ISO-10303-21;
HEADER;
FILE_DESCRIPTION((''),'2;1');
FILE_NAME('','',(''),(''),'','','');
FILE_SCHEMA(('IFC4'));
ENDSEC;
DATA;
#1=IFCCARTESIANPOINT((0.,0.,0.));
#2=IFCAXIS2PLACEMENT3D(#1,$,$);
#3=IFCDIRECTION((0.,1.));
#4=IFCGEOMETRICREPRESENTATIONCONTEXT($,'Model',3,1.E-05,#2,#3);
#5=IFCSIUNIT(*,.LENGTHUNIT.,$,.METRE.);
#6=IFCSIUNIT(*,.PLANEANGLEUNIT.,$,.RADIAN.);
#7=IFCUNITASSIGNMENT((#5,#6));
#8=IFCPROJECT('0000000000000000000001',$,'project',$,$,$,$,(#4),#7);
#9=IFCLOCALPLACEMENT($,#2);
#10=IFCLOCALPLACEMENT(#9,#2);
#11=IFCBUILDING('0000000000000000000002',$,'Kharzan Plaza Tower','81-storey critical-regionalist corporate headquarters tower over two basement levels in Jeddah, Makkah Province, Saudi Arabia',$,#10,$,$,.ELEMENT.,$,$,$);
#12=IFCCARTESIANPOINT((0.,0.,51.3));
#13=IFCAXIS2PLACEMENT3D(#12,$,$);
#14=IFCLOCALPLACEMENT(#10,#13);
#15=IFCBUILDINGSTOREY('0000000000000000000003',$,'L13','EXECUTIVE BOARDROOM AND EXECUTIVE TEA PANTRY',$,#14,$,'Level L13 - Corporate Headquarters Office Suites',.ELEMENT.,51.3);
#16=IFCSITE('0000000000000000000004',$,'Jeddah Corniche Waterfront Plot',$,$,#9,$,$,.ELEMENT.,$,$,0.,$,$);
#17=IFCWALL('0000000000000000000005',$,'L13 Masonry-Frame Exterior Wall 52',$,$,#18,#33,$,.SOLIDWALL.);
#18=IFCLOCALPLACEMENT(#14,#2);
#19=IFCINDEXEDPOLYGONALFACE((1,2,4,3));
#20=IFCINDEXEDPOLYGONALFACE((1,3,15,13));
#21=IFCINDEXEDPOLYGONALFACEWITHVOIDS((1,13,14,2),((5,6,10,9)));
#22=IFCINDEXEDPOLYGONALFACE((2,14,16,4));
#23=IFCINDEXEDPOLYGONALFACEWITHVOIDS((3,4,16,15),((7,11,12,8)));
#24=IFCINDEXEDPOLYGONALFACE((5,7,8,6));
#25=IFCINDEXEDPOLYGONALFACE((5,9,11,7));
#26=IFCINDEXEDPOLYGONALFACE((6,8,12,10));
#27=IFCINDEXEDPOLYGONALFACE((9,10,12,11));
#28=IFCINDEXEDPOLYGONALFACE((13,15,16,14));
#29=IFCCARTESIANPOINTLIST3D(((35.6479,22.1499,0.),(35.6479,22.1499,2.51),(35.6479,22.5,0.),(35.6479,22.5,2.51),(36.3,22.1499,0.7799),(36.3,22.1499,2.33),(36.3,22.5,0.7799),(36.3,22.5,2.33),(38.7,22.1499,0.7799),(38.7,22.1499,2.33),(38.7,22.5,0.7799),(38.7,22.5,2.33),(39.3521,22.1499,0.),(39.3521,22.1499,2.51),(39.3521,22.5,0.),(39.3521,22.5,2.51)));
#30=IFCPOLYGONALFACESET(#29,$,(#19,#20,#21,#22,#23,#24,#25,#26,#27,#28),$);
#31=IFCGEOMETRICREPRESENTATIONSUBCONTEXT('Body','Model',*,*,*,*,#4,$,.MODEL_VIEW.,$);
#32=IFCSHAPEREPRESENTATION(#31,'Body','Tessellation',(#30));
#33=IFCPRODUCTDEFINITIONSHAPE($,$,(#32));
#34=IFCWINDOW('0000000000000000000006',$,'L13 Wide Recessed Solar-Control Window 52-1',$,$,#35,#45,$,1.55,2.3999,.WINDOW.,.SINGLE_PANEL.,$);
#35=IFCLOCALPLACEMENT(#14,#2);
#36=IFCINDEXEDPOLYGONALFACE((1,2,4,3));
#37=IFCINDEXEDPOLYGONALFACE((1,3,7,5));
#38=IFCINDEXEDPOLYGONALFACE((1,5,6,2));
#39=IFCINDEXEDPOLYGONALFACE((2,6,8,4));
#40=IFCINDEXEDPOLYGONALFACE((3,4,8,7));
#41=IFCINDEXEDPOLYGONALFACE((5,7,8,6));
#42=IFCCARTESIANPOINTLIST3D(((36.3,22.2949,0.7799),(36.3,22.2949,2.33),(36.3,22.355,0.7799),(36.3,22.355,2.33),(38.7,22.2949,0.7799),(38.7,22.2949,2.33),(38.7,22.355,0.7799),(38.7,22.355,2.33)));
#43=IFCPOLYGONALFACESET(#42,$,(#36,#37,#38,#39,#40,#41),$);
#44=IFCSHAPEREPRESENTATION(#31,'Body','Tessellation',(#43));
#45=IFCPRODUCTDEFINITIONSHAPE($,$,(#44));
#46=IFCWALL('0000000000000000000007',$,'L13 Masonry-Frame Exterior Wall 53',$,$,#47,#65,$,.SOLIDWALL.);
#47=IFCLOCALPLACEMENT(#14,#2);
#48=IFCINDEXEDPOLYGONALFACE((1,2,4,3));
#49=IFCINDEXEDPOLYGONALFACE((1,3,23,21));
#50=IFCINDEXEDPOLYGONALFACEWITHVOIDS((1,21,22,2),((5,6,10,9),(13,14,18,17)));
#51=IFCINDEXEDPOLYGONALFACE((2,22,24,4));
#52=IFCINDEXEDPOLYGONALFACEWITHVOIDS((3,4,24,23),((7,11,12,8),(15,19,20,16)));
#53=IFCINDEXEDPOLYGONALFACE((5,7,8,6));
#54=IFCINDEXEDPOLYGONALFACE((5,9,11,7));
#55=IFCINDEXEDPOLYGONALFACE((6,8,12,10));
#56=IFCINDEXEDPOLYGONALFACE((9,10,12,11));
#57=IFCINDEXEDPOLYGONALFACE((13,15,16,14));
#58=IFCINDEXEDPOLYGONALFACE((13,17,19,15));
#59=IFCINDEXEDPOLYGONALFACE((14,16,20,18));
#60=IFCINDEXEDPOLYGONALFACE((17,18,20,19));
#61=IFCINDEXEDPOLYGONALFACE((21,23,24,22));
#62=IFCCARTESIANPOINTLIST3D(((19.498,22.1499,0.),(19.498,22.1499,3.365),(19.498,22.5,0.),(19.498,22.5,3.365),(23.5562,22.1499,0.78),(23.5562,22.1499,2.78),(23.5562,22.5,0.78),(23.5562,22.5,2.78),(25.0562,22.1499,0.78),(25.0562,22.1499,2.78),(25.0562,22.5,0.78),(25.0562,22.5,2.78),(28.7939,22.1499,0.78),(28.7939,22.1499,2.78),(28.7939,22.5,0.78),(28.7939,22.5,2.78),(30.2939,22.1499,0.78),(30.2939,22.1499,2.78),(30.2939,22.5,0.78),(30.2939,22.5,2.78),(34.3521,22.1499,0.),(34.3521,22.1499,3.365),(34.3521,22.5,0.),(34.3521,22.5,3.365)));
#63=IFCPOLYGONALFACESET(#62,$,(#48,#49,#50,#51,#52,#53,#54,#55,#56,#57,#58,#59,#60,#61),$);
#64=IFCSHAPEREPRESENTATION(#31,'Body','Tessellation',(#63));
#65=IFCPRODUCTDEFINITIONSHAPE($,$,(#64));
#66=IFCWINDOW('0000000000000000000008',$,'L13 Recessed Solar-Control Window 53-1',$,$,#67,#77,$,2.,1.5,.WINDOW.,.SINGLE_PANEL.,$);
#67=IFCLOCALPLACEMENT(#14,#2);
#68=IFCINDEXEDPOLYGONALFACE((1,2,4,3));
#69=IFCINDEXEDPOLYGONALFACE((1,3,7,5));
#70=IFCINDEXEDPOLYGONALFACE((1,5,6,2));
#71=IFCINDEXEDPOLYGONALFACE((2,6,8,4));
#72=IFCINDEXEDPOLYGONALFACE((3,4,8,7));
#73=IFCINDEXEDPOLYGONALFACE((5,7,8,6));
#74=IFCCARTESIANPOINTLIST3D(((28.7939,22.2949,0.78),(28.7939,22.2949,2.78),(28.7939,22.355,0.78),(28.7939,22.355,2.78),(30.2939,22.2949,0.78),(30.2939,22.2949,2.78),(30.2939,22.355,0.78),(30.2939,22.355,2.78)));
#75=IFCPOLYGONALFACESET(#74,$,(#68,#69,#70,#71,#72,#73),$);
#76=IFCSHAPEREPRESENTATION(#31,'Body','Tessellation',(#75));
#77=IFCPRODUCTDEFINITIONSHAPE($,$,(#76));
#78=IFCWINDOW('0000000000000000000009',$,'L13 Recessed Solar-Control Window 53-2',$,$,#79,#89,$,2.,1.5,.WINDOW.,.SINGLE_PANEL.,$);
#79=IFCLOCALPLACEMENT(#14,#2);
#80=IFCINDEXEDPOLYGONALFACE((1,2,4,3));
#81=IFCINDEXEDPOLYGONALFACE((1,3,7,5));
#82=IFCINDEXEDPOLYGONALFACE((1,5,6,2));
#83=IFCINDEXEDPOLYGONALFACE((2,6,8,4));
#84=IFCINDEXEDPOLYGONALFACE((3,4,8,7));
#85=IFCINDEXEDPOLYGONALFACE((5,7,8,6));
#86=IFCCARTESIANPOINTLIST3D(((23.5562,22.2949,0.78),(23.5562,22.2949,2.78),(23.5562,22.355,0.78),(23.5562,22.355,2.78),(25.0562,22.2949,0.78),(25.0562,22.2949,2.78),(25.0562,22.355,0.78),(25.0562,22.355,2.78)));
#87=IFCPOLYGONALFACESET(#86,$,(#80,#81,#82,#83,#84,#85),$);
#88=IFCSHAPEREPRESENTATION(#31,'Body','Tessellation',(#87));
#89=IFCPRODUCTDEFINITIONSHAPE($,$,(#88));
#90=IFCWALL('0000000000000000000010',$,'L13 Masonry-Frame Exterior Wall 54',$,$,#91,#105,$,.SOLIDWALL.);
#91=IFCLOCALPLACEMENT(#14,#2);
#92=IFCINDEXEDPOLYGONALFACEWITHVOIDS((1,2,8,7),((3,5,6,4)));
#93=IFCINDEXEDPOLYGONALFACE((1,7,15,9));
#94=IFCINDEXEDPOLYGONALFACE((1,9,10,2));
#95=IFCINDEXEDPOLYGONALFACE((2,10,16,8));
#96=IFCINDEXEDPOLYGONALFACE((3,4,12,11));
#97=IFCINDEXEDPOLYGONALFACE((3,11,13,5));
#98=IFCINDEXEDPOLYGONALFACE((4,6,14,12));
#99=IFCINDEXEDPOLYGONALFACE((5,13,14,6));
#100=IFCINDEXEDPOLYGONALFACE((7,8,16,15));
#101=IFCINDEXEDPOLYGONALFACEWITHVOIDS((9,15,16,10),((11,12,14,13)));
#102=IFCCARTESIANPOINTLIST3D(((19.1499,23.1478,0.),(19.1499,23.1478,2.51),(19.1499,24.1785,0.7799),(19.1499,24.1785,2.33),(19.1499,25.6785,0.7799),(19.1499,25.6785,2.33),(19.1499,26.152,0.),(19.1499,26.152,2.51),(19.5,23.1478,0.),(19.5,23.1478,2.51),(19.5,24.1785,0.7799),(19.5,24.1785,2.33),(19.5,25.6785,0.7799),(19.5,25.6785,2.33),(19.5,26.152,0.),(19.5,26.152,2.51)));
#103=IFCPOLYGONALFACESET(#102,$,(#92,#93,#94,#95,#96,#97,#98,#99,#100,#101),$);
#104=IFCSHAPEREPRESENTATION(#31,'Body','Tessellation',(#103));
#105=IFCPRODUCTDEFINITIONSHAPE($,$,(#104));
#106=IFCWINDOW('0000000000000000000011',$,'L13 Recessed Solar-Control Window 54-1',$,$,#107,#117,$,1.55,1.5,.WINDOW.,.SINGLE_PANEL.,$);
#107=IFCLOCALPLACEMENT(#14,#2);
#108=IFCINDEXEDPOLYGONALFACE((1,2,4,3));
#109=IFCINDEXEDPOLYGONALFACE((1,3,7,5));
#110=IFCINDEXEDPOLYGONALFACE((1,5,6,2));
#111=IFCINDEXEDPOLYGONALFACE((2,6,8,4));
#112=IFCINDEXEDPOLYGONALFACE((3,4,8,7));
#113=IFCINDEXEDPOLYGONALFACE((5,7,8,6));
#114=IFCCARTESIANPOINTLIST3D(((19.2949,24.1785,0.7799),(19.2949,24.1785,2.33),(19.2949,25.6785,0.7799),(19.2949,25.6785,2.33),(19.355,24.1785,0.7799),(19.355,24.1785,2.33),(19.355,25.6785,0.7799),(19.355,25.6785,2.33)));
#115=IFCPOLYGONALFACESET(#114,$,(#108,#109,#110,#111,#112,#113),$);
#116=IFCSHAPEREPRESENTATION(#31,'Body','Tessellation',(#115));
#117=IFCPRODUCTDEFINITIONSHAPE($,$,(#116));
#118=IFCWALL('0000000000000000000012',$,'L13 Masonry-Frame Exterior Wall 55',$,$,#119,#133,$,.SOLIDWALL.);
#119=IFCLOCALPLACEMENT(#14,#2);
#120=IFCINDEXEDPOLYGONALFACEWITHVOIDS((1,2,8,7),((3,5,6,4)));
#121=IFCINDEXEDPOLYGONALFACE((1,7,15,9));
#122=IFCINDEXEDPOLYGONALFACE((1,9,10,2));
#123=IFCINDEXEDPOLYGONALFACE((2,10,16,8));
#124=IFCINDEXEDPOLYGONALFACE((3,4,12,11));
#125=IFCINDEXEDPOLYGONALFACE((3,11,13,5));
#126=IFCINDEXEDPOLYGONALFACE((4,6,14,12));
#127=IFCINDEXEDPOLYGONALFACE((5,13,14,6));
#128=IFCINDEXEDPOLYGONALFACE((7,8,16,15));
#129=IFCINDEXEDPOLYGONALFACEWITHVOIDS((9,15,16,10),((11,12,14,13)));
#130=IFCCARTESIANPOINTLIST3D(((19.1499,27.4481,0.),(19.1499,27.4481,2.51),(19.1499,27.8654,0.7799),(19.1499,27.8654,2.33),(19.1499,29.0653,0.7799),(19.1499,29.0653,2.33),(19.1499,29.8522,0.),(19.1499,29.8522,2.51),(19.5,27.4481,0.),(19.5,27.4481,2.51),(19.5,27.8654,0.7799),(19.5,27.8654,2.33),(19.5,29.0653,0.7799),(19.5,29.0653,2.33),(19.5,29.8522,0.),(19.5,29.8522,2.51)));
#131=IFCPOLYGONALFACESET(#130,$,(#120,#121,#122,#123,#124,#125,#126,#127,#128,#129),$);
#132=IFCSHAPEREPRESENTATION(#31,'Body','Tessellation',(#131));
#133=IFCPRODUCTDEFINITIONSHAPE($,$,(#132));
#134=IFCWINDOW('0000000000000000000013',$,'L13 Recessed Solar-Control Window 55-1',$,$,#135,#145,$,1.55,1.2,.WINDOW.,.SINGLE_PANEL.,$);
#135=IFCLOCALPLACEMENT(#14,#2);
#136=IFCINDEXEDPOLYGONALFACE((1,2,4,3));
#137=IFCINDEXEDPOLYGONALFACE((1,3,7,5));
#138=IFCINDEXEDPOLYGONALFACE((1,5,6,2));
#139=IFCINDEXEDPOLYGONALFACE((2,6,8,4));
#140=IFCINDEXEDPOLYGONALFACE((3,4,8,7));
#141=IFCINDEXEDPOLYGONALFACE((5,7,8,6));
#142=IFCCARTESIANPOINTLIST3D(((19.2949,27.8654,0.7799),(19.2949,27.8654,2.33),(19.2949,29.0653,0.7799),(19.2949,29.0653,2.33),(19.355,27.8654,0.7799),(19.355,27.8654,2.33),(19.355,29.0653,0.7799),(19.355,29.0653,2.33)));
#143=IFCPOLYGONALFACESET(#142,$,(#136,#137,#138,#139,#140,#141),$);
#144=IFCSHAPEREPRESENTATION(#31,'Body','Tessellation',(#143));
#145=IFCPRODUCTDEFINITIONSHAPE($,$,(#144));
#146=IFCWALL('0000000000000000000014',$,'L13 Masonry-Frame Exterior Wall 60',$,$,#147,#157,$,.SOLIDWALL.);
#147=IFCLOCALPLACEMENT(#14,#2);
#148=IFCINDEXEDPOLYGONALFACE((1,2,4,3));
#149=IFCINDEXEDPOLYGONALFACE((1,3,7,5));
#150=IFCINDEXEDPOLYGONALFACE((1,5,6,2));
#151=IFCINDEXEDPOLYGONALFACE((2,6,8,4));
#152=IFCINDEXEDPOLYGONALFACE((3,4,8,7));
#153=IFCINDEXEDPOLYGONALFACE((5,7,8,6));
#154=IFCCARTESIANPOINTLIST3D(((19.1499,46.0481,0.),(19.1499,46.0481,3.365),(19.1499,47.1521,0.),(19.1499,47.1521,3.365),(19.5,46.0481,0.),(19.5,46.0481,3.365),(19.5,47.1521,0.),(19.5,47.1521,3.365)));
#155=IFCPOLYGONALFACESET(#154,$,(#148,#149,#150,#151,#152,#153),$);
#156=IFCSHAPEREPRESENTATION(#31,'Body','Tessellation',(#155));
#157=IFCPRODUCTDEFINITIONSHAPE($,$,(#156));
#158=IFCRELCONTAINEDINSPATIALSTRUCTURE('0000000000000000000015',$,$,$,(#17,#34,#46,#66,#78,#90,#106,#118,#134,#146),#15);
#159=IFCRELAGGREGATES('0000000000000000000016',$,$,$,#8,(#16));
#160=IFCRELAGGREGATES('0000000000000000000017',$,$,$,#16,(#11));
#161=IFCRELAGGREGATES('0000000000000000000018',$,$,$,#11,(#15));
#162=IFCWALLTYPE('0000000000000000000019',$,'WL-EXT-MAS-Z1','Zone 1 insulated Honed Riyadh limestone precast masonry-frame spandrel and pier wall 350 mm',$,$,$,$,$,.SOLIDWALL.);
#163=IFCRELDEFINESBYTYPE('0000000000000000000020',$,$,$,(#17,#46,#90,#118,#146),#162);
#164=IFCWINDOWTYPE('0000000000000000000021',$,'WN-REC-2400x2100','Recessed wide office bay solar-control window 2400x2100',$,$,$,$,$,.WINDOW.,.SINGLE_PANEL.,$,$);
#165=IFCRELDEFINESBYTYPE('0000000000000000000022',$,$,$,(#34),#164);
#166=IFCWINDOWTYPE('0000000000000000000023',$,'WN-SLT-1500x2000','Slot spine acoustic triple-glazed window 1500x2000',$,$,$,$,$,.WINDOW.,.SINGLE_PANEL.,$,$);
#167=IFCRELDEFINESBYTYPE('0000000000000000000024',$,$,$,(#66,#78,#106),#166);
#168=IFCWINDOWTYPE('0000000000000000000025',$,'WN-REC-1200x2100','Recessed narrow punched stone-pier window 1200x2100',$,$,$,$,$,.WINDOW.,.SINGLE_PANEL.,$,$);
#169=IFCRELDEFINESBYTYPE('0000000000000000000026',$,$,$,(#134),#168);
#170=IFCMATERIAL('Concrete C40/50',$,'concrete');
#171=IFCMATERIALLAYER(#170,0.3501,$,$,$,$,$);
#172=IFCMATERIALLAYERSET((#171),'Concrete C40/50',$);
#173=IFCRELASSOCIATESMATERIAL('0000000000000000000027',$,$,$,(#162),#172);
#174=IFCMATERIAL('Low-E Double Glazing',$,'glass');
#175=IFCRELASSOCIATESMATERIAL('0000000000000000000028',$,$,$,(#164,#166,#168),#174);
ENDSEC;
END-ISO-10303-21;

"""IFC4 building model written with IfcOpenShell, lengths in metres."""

from ifc_helpers import new_model, si_unit, direction, frame, frame_2d, origin, place, context, subcontext, project, spatial, rectangle, extrude, source, transform, mapped, material, layer, layer_set, type_object, element, fill, save


model = new_model("IFC4")

# Units and contexts
model_context = context("Model", 3, precision=1e-05, world=origin(), true_north=direction((0.0, 1.0)))
body_context = subcontext(model_context, "Body", "Model", "MODEL_VIEW")
ifc_project = project(units=[si_unit("LENGTHUNIT", "METRE"), si_unit("PLANEANGLEUNIT", "RADIAN")], contexts=[model_context])

# Site, building, storey
site_placement = place(None, origin())
site = spatial("IfcSite", under=ifc_project, at=site_placement, Name="Jeddah Corniche Waterfront Plot", CompositionType="ELEMENT", RefElevation=0.0)
building_placement = place(site_placement, origin())
building = spatial("IfcBuilding", under=site, at=building_placement, Name="Kharzan Plaza Tower", Description="81-storey critical-regionalist corporate headquarters tower over two basement levels in Jeddah, Makkah Province, Saudi Arabia", CompositionType="ELEMENT")
storey_placement = place(building_placement, frame((0.0, 0.0, 51.3)))
storey = spatial("IfcBuildingStorey", under=building, at=storey_placement, Name="L13", Description="EXECUTIVE BOARDROOM AND EXECUTIVE TEA PANTRY", LongName="Level L13 - Corporate Headquarters Office Suites", CompositionType="ELEMENT", Elevation=51.3)

# Wall, opening, window
ifc_material_1 = material(Name="Concrete C40/50", Category="concrete")
ifc_layer_1 = layer(ifc_material_1, 0.3501)
ifc_layer_set_1 = layer_set([ifc_layer_1], Name="Concrete C40/50")
wall_type_1 = type_object("IfcWallType", Name="WL-EXT-MAS-Z1", Description="Zone 1 insulated Honed Riyadh limestone precast masonry-frame spandrel and pier wall 350 mm", PredefinedType="SOLIDWALL", material=ifc_layer_set_1)
ifc_material_2 = material(Name="Low-E Double Glazing", Category="glass")
wall_1_placement = place(storey_placement, frame((39.3521, 22.325, 0.0), z_axis=(0.0, 0.0, 1.0), x_axis=(-1.0, 0.0, 0.0)))
wall_1 = element("IfcWall", 1, at=wall_1_placement, inside=storey, type_object=wall_type_1, Name="L13 Masonry-Frame Exterior Wall 52", PredefinedType="SOLIDWALL", context=body_context, shape_type="SweptSolid", body=[
    extrude(rectangle(XDim=3.7041, YDim=0.3501, at=frame_2d((1.8521, 0.0))), origin(), (0.0, 0.0, 1.0), 2.51),
])
opening_1_placement = place(wall_1_placement, frame((0.6521, 0.0, 0.78)))
opening_1 = element("IfcOpeningElement", 2, at=opening_1_placement, cuts=wall_1, PredefinedType="OPENING", context=body_context, shape_type="SweptSolid", body=[
    extrude(rectangle(XDim=2.3999, YDim=1.55, at=frame_2d((1.2, 0.7749))), frame((0.0, 0.1851, 0.0), z_axis=(0.0, -1.0, 0.0), x_axis=(1.0, 0.0, 0.0)), (0.0, 0.0, 1.0), 0.3701),
])
window_type_1 = type_object("IfcWindowType", Name="WN-REC-2400x2100", Description="Recessed wide office bay solar-control window 2400x2100", PartitioningType="SINGLE_PANEL", PredefinedType="WINDOW", material=ifc_material_2)
shared_shape_1 = source(origin(), body_context, "Body", "SweptSolid", [
    extrude(rectangle(XDim=2.3999, YDim=1.55, at=frame_2d((1.2, 0.7749))), frame((0.0, 0.03, 0.0), z_axis=(0.0, -1.0, 0.0), x_axis=(1.0, 0.0, 0.0)), (0.0, 0.0, 1.0), 0.0601),
])
window_1_placement = place(opening_1_placement, origin())
window_1 = element("IfcWindow", 3, at=window_1_placement, inside=storey, type_object=window_type_1, Name="L13 Wide Recessed Solar-Control Window 52-1", OverallHeight=1.55, OverallWidth=2.3999, PartitioningType="SINGLE_PANEL", PredefinedType="WINDOW", context=body_context, shape_type="MappedRepresentation", body=[
    mapped(shared_shape_1, transform((0.0, 0.0, 0.0), x_axis=(1.0, 0.0, 0.0), y_axis=(0.0, 1.0, 0.0), z_axis=(0.0, 0.0, 1.0))),
])
fill(opening_1, window_1)

# Wall, openings, windows
wall_2_placement = place(storey_placement, frame((34.3521, 22.325, 0.0), z_axis=(0.0, 0.0, 1.0), x_axis=(-1.0, 0.0, 0.0)))
wall_2 = element("IfcWall", 4, at=wall_2_placement, inside=storey, type_object=wall_type_1, Name="L13 Masonry-Frame Exterior Wall 53", PredefinedType="SOLIDWALL", context=body_context, shape_type="SweptSolid", body=[
    extrude(rectangle(XDim=14.854, YDim=0.3501, at=frame_2d((7.427, 0.0))), origin(), (0.0, 0.0, 1.0), 3.365),
])
opening_2_placement = place(wall_2_placement, frame((4.0581, 0.0, 0.78)))
opening_2 = element("IfcOpeningElement", 5, at=opening_2_placement, cuts=wall_2, PredefinedType="OPENING", context=body_context, shape_type="SweptSolid", body=[
    extrude(rectangle(XDim=1.5, YDim=2.0, at=frame_2d((0.75, 1.0))), frame((0.0, 0.1851, 0.0), z_axis=(0.0, -1.0, 0.0), x_axis=(1.0, 0.0, 0.0)), (0.0, 0.0, 1.0), 0.3701),
])
opening_3_placement = place(wall_2_placement, frame((9.2959, 0.0, 0.78)))
opening_3 = element("IfcOpeningElement", 6, at=opening_3_placement, cuts=wall_2, PredefinedType="OPENING", context=body_context, shape_type="SweptSolid", body=[
    extrude(rectangle(XDim=1.5, YDim=2.0, at=frame_2d((0.75, 1.0))), frame((0.0, 0.1851, 0.0), z_axis=(0.0, -1.0, 0.0), x_axis=(1.0, 0.0, 0.0)), (0.0, 0.0, 1.0), 0.3701),
])
window_type_2 = type_object("IfcWindowType", Name="WN-SLT-1500x2000", Description="Slot spine acoustic triple-glazed window 1500x2000", PartitioningType="SINGLE_PANEL", PredefinedType="WINDOW", material=ifc_material_2)
shared_shape_2 = source(origin(), body_context, "Body", "SweptSolid", [
    extrude(rectangle(XDim=1.5, YDim=2.0, at=frame_2d((0.75, 1.0))), frame((0.0, 0.03, 0.0), z_axis=(0.0, -1.0, 0.0), x_axis=(1.0, 0.0, 0.0)), (0.0, 0.0, 1.0), 0.0601),
])
window_2_placement = place(opening_2_placement, origin())
window_2 = element("IfcWindow", 7, at=window_2_placement, inside=storey, type_object=window_type_2, Name="L13 Recessed Solar-Control Window 53-1", OverallHeight=2.0, OverallWidth=1.5, PartitioningType="SINGLE_PANEL", PredefinedType="WINDOW", context=body_context, shape_type="MappedRepresentation", body=[
    mapped(shared_shape_2, transform((0.0, 0.0, 0.0), x_axis=(1.0, 0.0, 0.0), y_axis=(0.0, 1.0, 0.0), z_axis=(0.0, 0.0, 1.0))),
])
fill(opening_2, window_2)
window_3_placement = place(opening_3_placement, origin())
window_3 = element("IfcWindow", 8, at=window_3_placement, inside=storey, type_object=window_type_2, Name="L13 Recessed Solar-Control Window 53-2", OverallHeight=2.0, OverallWidth=1.5, PartitioningType="SINGLE_PANEL", PredefinedType="WINDOW", context=body_context, shape_type="MappedRepresentation", body=[
    mapped(shared_shape_2, transform((0.0, 0.0, 0.0), x_axis=(1.0, 0.0, 0.0), y_axis=(0.0, 1.0, 0.0), z_axis=(0.0, 0.0, 1.0))),
])
fill(opening_3, window_3)

# Walls, openings, windows
wall_3_placement = place(storey_placement, frame((19.325, 23.1479, 0.0), z_axis=(0.0, 0.0, 1.0), x_axis=(0.0, 1.0, 0.0)))
wall_3 = element("IfcWall", 9, at=wall_3_placement, inside=storey, type_object=wall_type_1, Name="L13 Masonry-Frame Exterior Wall 54", PredefinedType="SOLIDWALL", context=body_context, shape_type="SweptSolid", body=[
    extrude(rectangle(XDim=3.0042, YDim=0.3501, at=frame_2d((1.502, 0.0))), origin(), (0.0, 0.0, 1.0), 2.51),
])
opening_4_placement = place(wall_3_placement, frame((1.0305, 0.0, 0.78)))
opening_4 = element("IfcOpeningElement", 10, at=opening_4_placement, cuts=wall_3, PredefinedType="OPENING", context=body_context, shape_type="SweptSolid", body=[
    extrude(rectangle(XDim=1.5, YDim=1.55, at=frame_2d((0.75, 0.7749))), frame((0.0, 0.1851, 0.0), z_axis=(0.0, -1.0, 0.0), x_axis=(1.0, 0.0, 0.0)), (0.0, 0.0, 1.0), 0.3701),
])
shared_shape_3 = source(origin(), body_context, "Body", "SweptSolid", [
    extrude(rectangle(XDim=1.5, YDim=1.55, at=frame_2d((0.75, 0.7749))), frame((0.0, 0.03, 0.0), z_axis=(0.0, -1.0, 0.0), x_axis=(1.0, 0.0, 0.0)), (0.0, 0.0, 1.0), 0.0601),
])
window_4_placement = place(opening_4_placement, origin())
window_4 = element("IfcWindow", 11, at=window_4_placement, inside=storey, type_object=window_type_2, Name="L13 Recessed Solar-Control Window 54-1", OverallHeight=1.55, OverallWidth=1.5, PartitioningType="SINGLE_PANEL", PredefinedType="WINDOW", context=body_context, shape_type="MappedRepresentation", body=[
    mapped(shared_shape_3, transform((0.0, 0.0, 0.0), x_axis=(1.0, 0.0, 0.0), y_axis=(0.0, 1.0, 0.0), z_axis=(0.0, 0.0, 1.0))),
])
fill(opening_4, window_4)
wall_4_placement = place(storey_placement, frame((19.325, 27.448, 0.0), z_axis=(0.0, 0.0, 1.0), x_axis=(0.0, 1.0, 0.0)))
wall_4 = element("IfcWall", 12, at=wall_4_placement, inside=storey, type_object=wall_type_1, Name="L13 Masonry-Frame Exterior Wall 55", PredefinedType="SOLIDWALL", context=body_context, shape_type="SweptSolid", body=[
    extrude(rectangle(XDim=2.4041, YDim=0.3501, at=frame_2d((1.2021, 0.0))), origin(), (0.0, 0.0, 1.0), 2.51),
])
opening_5_placement = place(wall_4_placement, frame((0.4172, 0.0, 0.78)))
opening_5 = element("IfcOpeningElement", 13, at=opening_5_placement, cuts=wall_4, PredefinedType="OPENING", context=body_context, shape_type="SweptSolid", body=[
    extrude(rectangle(XDim=1.2, YDim=1.55, at=frame_2d((0.6001, 0.7749))), frame((0.0, 0.1851, 0.0), z_axis=(0.0, -1.0, 0.0), x_axis=(1.0, 0.0, 0.0)), (0.0, 0.0, 1.0), 0.3701),
])
window_type_3 = type_object("IfcWindowType", Name="WN-REC-1200x2100", Description="Recessed narrow punched stone-pier window 1200x2100", PartitioningType="SINGLE_PANEL", PredefinedType="WINDOW", material=ifc_material_2)
shared_shape_4 = source(origin(), body_context, "Body", "SweptSolid", [
    extrude(rectangle(XDim=1.2, YDim=1.55, at=frame_2d((0.6001, 0.7749))), frame((0.0, 0.03, 0.0), z_axis=(0.0, -1.0, 0.0), x_axis=(1.0, 0.0, 0.0)), (0.0, 0.0, 1.0), 0.0601),
])
window_5_placement = place(opening_5_placement, origin())
window_5 = element("IfcWindow", 14, at=window_5_placement, inside=storey, type_object=window_type_3, Name="L13 Recessed Solar-Control Window 55-1", OverallHeight=1.55, OverallWidth=1.2, PartitioningType="SINGLE_PANEL", PredefinedType="WINDOW", context=body_context, shape_type="MappedRepresentation", body=[
    mapped(shared_shape_4, transform((0.0, 0.0, 0.0), x_axis=(1.0, 0.0, 0.0), y_axis=(0.0, 1.0, 0.0), z_axis=(0.0, 0.0, 1.0))),
])
fill(opening_5, window_5)

# Wall
shared_shape_5 = source(origin(), body_context, "Body", "SweptSolid", [
    extrude(rectangle(XDim=1.104, YDim=0.3501, at=frame_2d((0.552, 0.0))), origin(), (0.0, 0.0, 1.0), 3.365),
])
wall_5_placement = place(storey_placement, frame((19.325, 46.0481, 0.0), z_axis=(0.0, 0.0, 1.0), x_axis=(0.0, 1.0, 0.0)))
element("IfcWall", 15, at=wall_5_placement, inside=storey, type_object=wall_type_1, Name="L13 Masonry-Frame Exterior Wall 60", PredefinedType="SOLIDWALL", context=body_context, shape_type="MappedRepresentation", body=[
    mapped(shared_shape_5, transform((0.0, 0.0, 0.0), x_axis=(1.0, 0.0, 0.0), y_axis=(0.0, 1.0, 0.0), z_axis=(0.0, 0.0, 1.0))),
])

save(model, "model.ifc")
